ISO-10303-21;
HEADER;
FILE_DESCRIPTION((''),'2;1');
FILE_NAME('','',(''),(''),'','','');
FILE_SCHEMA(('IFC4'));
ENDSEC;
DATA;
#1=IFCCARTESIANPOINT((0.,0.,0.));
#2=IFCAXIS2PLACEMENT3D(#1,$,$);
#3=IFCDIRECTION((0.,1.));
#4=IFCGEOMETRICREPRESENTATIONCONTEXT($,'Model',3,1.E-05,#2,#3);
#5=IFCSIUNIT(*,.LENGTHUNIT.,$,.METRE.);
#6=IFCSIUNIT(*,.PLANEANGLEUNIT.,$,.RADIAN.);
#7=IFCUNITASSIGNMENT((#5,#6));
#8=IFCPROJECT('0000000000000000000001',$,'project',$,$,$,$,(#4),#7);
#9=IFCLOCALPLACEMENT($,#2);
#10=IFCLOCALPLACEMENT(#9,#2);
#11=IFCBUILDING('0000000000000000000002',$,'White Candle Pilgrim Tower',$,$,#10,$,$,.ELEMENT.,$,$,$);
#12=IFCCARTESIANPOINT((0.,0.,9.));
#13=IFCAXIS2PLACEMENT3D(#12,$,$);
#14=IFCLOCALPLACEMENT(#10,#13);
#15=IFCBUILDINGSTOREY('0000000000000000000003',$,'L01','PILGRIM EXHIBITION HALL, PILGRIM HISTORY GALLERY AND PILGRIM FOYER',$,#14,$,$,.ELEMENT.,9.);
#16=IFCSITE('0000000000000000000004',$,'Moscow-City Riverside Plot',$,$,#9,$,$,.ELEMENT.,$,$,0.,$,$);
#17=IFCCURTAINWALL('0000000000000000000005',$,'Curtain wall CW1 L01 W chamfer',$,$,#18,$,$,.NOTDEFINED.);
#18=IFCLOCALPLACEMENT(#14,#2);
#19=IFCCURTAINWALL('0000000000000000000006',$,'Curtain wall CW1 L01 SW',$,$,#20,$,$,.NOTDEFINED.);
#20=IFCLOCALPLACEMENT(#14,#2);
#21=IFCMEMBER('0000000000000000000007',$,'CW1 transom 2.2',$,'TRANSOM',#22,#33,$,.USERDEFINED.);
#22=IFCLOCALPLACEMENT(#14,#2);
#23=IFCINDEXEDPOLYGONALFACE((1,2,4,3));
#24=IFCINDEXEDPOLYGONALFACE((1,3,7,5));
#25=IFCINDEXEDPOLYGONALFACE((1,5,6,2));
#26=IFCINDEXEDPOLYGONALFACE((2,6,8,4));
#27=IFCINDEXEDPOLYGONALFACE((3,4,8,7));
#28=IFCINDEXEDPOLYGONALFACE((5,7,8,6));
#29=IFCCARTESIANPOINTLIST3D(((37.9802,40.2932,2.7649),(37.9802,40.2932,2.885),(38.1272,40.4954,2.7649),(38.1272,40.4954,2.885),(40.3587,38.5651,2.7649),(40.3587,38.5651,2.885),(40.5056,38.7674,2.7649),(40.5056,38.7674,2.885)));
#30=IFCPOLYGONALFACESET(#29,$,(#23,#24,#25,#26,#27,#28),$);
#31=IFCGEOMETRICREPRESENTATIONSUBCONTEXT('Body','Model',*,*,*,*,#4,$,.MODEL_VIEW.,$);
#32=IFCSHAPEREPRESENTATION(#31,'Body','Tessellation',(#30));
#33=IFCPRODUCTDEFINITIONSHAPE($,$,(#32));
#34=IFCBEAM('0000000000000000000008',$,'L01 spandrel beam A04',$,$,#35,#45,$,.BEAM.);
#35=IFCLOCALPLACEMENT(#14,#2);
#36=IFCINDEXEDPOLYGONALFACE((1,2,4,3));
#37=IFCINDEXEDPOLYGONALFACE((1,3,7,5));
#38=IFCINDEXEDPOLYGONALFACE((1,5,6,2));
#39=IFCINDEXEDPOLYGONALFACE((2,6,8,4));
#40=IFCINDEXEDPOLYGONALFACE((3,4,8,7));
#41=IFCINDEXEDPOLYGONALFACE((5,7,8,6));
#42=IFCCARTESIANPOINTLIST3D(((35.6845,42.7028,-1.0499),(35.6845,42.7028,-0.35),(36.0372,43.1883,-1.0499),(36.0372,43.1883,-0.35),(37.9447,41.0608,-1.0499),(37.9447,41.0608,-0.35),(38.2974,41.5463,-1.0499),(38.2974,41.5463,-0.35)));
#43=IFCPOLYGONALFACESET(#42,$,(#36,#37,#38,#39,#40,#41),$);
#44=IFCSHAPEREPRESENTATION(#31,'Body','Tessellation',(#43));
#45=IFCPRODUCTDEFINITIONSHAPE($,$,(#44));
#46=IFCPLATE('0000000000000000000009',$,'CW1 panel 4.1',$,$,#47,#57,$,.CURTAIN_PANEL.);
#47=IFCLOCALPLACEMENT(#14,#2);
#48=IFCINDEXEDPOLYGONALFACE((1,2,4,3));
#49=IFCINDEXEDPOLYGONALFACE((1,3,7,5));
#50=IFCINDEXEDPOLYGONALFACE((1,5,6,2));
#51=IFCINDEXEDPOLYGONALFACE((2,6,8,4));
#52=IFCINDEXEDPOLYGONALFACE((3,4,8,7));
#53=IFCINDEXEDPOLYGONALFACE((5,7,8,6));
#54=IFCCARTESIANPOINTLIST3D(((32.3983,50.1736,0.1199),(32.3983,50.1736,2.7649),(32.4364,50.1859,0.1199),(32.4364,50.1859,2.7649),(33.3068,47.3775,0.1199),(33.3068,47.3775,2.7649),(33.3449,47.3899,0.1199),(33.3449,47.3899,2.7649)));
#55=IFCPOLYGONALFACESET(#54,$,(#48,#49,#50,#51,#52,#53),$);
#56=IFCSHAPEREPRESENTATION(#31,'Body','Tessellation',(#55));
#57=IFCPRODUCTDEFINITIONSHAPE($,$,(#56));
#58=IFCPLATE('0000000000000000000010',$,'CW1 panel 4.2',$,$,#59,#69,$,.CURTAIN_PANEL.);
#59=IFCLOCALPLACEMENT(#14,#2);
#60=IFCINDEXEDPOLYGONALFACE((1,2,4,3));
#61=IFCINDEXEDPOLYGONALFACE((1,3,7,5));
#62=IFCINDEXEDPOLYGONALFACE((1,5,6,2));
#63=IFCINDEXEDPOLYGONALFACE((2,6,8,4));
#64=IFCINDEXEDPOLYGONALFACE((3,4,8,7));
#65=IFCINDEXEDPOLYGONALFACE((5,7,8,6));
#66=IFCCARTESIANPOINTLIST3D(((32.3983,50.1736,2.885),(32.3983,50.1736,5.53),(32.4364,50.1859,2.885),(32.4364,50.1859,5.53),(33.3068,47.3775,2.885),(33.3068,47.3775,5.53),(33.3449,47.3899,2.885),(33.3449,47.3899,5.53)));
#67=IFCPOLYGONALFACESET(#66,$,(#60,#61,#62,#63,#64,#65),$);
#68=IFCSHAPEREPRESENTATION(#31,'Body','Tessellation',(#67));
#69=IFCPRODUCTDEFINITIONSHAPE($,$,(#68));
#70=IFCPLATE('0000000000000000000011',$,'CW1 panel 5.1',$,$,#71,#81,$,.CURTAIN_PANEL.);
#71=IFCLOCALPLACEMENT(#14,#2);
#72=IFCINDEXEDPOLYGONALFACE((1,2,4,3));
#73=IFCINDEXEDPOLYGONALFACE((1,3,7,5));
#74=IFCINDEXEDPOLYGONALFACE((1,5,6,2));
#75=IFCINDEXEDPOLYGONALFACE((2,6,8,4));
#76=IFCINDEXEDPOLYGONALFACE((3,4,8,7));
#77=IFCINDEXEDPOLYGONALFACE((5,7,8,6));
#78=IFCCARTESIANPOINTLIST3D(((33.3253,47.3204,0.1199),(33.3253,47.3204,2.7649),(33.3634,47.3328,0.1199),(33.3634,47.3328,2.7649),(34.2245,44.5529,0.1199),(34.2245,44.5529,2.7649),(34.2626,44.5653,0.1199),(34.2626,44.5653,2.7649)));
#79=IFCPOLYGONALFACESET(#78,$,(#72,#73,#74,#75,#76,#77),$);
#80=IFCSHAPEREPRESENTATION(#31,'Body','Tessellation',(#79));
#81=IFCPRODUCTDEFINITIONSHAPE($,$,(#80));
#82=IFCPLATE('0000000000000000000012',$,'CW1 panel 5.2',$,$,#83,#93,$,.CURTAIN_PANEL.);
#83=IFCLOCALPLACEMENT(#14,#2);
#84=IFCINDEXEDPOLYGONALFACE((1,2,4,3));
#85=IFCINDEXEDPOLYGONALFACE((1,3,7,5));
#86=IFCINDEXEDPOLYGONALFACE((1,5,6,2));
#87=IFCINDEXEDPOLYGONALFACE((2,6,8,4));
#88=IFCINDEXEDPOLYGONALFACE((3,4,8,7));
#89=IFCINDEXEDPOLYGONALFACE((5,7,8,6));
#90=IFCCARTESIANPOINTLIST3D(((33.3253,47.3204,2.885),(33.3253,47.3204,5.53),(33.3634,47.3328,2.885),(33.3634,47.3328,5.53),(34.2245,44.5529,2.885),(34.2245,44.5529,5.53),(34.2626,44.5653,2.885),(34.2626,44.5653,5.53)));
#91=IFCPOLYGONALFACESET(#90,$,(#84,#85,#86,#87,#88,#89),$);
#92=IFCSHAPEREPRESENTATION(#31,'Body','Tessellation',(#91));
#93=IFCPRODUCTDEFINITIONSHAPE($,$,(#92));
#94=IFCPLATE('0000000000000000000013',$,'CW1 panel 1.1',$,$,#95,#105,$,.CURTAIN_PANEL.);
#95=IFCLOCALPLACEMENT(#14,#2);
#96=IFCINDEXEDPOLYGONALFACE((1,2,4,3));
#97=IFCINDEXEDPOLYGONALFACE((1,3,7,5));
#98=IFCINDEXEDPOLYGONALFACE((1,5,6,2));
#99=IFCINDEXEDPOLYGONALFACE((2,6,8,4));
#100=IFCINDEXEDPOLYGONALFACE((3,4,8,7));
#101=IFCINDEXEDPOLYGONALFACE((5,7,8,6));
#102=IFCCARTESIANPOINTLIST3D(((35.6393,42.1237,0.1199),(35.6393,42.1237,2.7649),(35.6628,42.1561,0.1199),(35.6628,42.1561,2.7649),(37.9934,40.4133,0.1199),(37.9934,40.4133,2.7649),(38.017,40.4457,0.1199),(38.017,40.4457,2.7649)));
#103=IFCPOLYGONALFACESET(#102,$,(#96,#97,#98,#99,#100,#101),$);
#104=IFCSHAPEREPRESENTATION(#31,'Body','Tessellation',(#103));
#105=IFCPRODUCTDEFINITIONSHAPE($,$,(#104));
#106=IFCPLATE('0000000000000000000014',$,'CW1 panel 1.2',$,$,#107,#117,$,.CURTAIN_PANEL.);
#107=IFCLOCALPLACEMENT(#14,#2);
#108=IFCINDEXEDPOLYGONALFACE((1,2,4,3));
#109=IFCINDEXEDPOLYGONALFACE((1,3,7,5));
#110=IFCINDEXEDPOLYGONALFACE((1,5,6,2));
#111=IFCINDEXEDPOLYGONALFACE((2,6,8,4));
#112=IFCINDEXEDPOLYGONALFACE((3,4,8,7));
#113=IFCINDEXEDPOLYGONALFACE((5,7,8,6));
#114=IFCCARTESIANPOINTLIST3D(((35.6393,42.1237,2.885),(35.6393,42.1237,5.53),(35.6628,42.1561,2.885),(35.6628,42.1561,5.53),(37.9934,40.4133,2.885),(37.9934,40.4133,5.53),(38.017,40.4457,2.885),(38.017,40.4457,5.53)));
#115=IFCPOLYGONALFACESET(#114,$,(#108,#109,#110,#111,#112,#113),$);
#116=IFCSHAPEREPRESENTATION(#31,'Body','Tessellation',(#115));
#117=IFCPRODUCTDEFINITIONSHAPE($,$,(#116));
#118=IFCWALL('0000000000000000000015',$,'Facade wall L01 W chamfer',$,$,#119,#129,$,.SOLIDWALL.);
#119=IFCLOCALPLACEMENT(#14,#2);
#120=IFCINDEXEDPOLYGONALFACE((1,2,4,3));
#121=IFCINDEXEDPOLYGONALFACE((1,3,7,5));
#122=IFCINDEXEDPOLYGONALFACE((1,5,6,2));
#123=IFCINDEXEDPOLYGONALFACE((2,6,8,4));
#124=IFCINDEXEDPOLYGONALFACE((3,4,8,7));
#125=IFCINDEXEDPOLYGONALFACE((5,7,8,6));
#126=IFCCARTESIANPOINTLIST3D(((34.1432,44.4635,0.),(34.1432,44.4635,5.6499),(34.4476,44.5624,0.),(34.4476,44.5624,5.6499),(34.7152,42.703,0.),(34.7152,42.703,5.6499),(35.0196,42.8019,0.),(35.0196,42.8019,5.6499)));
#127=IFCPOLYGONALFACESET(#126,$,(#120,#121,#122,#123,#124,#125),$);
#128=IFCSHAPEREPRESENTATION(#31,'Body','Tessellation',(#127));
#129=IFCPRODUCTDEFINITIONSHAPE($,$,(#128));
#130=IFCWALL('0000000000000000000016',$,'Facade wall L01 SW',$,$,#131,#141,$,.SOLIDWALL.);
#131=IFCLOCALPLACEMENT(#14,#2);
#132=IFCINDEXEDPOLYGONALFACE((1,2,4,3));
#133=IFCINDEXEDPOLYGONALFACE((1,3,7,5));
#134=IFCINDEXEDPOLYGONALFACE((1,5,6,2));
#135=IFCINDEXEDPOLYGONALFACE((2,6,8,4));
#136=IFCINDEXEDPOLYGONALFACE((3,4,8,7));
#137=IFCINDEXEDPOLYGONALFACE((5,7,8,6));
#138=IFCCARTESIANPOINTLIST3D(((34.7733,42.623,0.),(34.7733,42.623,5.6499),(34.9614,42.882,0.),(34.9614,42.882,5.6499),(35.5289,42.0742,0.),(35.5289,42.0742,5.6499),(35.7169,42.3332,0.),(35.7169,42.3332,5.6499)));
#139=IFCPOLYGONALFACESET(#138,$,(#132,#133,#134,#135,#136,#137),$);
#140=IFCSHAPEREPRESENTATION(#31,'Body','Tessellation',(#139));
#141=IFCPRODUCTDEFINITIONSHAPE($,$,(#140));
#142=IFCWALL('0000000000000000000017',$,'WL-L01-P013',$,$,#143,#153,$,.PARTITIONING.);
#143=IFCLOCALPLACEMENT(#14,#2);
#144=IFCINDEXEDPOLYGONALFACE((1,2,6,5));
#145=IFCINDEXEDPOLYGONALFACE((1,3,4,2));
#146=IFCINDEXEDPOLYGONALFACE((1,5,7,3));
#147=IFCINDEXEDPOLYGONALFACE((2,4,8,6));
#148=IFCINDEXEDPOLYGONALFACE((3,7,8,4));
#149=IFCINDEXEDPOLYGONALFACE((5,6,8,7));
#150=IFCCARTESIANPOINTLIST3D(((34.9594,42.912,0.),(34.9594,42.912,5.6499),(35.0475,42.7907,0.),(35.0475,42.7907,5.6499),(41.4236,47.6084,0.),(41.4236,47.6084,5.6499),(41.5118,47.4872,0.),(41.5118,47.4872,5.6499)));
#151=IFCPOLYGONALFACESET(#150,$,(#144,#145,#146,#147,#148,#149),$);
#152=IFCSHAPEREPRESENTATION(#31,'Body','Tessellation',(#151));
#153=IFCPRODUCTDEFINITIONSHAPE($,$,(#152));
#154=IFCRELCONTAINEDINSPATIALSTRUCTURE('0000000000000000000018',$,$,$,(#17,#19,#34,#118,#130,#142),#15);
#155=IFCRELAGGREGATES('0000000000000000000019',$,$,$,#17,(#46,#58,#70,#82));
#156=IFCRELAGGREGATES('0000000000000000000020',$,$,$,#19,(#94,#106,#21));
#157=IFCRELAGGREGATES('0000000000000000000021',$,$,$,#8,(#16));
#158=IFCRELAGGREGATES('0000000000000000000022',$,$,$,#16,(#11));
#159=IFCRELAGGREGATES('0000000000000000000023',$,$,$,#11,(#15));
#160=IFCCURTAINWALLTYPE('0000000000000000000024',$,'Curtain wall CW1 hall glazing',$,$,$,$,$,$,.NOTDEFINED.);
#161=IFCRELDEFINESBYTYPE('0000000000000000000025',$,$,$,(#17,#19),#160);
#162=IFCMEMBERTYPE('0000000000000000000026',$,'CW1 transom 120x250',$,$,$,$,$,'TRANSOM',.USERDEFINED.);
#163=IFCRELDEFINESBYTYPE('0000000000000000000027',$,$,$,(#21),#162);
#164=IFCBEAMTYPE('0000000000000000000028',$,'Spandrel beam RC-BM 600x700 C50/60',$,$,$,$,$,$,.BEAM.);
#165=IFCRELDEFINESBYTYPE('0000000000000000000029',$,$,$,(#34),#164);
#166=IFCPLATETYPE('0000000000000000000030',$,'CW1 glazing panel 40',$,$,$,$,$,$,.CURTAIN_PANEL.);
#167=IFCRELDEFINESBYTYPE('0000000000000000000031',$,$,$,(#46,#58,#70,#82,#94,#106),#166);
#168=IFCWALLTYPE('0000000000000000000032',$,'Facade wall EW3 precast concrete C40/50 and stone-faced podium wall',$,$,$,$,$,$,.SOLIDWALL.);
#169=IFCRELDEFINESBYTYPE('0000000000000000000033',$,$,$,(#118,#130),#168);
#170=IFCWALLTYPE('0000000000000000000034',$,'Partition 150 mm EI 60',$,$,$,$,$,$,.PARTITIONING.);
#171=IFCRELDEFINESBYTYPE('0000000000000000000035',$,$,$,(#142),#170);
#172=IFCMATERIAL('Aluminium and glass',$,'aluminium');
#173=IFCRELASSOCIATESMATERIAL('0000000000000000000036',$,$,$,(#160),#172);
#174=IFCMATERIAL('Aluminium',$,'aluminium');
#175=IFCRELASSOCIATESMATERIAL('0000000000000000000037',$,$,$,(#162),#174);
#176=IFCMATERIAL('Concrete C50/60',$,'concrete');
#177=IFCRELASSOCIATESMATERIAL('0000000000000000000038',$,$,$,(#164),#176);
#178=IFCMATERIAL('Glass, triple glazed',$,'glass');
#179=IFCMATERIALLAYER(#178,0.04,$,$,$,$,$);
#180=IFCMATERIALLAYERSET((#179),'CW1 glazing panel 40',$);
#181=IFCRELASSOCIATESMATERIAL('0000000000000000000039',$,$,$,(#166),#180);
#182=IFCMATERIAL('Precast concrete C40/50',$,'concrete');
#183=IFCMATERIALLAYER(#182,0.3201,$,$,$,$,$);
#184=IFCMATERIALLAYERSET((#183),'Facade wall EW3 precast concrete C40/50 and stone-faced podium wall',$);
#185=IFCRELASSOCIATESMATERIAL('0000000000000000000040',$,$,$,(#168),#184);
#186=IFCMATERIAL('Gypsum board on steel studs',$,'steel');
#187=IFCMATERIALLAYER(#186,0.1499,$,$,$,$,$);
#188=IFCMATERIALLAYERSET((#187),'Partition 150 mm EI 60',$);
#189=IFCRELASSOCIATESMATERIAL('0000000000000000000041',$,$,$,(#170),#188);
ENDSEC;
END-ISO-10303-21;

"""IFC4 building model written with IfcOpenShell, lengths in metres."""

from ifc_helpers import new_model, si_unit, direction, frame, frame_2d, origin, origin_2d, place, context, subcontext, project, spatial, rectangle, extrude, material, layer, layer_set, material_profile, profile_set, type_object, element, aggregate, save


model = new_model("IFC4")

# Units and contexts
model_context = context("Model", 3, precision=1e-05, world=origin(), true_north=direction((0.0, 1.0)))
body_context = subcontext(model_context, "Body", "Model", "MODEL_VIEW")
ifc_project = project(units=[si_unit("LENGTHUNIT", "METRE"), si_unit("PLANEANGLEUNIT", "RADIAN")], contexts=[model_context])

# Site, building, storey
site_placement = place(None, origin())
site = spatial("IfcSite", under=ifc_project, at=site_placement, Name="Moscow-City Riverside Plot", CompositionType="ELEMENT", RefElevation=0.0)
building_placement = place(site_placement, origin())
building = spatial("IfcBuilding", under=site, at=building_placement, Name="White Candle Pilgrim Tower", CompositionType="ELEMENT")
storey_placement = place(building_placement, frame((0.0, 0.0, 9.0)))
storey = spatial("IfcBuildingStorey", under=building, at=storey_placement, Name="L01", Description="PILGRIM EXHIBITION HALL, PILGRIM HISTORY GALLERY AND PILGRIM FOYER", CompositionType="ELEMENT", Elevation=9.0)

# Curtain walls
ifc_material_1 = material(Name="Aluminium and glass", Category="aluminium")
curtain_wall_type = type_object("IfcCurtainWallType", Name="Curtain wall CW1 hall glazing", PredefinedType="NOTDEFINED", material=ifc_material_1)
curtain_wall_1_placement = place(storey_placement, origin())
curtain_wall_1 = element("IfcCurtainWall", 1, at=curtain_wall_1_placement, inside=storey, type_object=curtain_wall_type, Name="Curtain wall CW1 L01 W chamfer", PredefinedType="NOTDEFINED")
ifc_material_2 = material(Name="Aluminium", Category="aluminium")
curtain_wall_2_placement = place(storey_placement, origin())
curtain_wall_2 = element("IfcCurtainWall", 2, at=curtain_wall_2_placement, inside=storey, type_object=curtain_wall_type, Name="Curtain wall CW1 L01 SW", PredefinedType="NOTDEFINED")

# Member
ifc_material_profile_1 = material_profile(ifc_material_2, rectangle(XDim=0.25, YDim=0.1201, at=origin_2d()), Name="CW1 transom 120x250")
ifc_profile_set_1 = profile_set([ifc_material_profile_1], Name="Aluminium")
member_type_1 = type_object("IfcMemberType", Name="CW1 transom 120x250", ElementType="TRANSOM", PredefinedType="USERDEFINED", material=ifc_profile_set_1)
member_1_placement = place(storey_placement, frame((38.0537, 40.3943, 2.825), z_axis=(0.809016, -0.587786, 0.0), x_axis=(0.587786, 0.809016, 0.0)))
member_1 = element("IfcMember", 3, at=member_1_placement, type_object=member_type_1, Name="CW1 transom 2.2", ObjectType="TRANSOM", PredefinedType="USERDEFINED", context=body_context, shape_type="SweptSolid", body=[
    extrude(rectangle(XDim=0.25, YDim=0.1201, at=origin_2d()), origin(), (0.0, 0.0, 1.0), 2.9399),
])

# Beam
ifc_material_3 = material(Name="Concrete C50/60", Category="concrete")
ifc_material_profile_2 = material_profile(ifc_material_3, rectangle(XDim=0.6001, YDim=0.7, at=origin_2d()), Name="RC-BM 600x700")
ifc_profile_set_2 = profile_set([ifc_material_profile_2], Name="Concrete C50/60")
beam_type = type_object("IfcBeamType", Name="Spandrel beam RC-BM 600x700 C50/60", PredefinedType="BEAM", material=ifc_profile_set_2)
beam_placement = place(storey_placement, frame((35.8608, 42.9456, -0.7), z_axis=(0.809031, -0.587766, 0.0), x_axis=(0.587766, 0.809031, 0.0)))
element("IfcBeam", 4, at=beam_placement, inside=storey, type_object=beam_type, Name="L01 spandrel beam A04", PredefinedType="BEAM", context=body_context, shape_type="SweptSolid", body=[
    extrude(rectangle(XDim=0.6001, YDim=0.7, at=origin_2d()), origin(), (0.0, 0.0, 1.0), 2.7937),
])

# Plates
ifc_material_4 = material(Name="Glass, triple glazed", Category="glass")
ifc_layer_1 = layer(ifc_material_4, 0.04)
ifc_layer_set_1 = layer_set([ifc_layer_1], Name="CW1 glazing panel 40")
plate_type = type_object("IfcPlateType", Name="CW1 glazing panel 40", PredefinedType="CURTAIN_PANEL", material=ifc_layer_set_1)
plate_1_placement = place(storey_placement, frame((32.8716, 48.7817, 0.1199), z_axis=(0.0, 0.0, 1.0), x_axis=(0.309017, -0.951057, 0.0)))
plate_1 = element("IfcPlate", 5, at=plate_1_placement, type_object=plate_type, Name="CW1 panel 4.1", PredefinedType="CURTAIN_PANEL", context=body_context, shape_type="SweptSolid", body=[
    extrude(rectangle(XDim=2.9399, YDim=0.04, at=origin_2d()), origin(), (0.0, 0.0, 1.0), 2.645),
])
plate_2_placement = place(storey_placement, frame((32.8716, 48.7817, 2.885), z_axis=(0.0, 0.0, 1.0), x_axis=(0.309017, -0.951057, 0.0)))
plate_2 = element("IfcPlate", 6, at=plate_2_placement, type_object=plate_type, Name="CW1 panel 4.2", PredefinedType="CURTAIN_PANEL", context=body_context, shape_type="SweptSolid", body=[
    extrude(rectangle(XDim=2.9399, YDim=0.04, at=origin_2d()), origin(), (0.0, 0.0, 1.0), 2.645),
])
plate_3_placement = place(storey_placement, frame((33.7939, 45.9429, 0.1199), z_axis=(0.0, 0.0, 1.0), x_axis=(0.309017, -0.951057, 0.0)))
plate_3 = element("IfcPlate", 7, at=plate_3_placement, type_object=plate_type, Name="CW1 panel 5.1", PredefinedType="CURTAIN_PANEL", context=body_context, shape_type="SweptSolid", body=[
    extrude(rectangle(XDim=2.9099, YDim=0.04, at=origin_2d()), origin(), (0.0, 0.0, 1.0), 2.645),
])
plate_4_placement = place(storey_placement, frame((33.7939, 45.9429, 2.885), z_axis=(0.0, 0.0, 1.0), x_axis=(0.309017, -0.951057, 0.0)))
plate_4 = element("IfcPlate", 8, at=plate_4_placement, type_object=plate_type, Name="CW1 panel 5.2", PredefinedType="CURTAIN_PANEL", context=body_context, shape_type="SweptSolid", body=[
    extrude(rectangle(XDim=2.9099, YDim=0.04, at=origin_2d()), origin(), (0.0, 0.0, 1.0), 2.645),
])
aggregate(curtain_wall_1, [plate_1, plate_2, plate_3, plate_4])
plate_5_placement = place(storey_placement, frame((36.8281, 41.2847, 0.1199), z_axis=(0.0, 0.0, 1.0), x_axis=(0.809017, -0.587785, 0.0)))
plate_5 = element("IfcPlate", 9, at=plate_5_placement, type_object=plate_type, Name="CW1 panel 1.1", PredefinedType="CURTAIN_PANEL", context=body_context, shape_type="SweptSolid", body=[
    extrude(rectangle(XDim=2.9099, YDim=0.04, at=origin_2d()), origin(), (0.0, 0.0, 1.0), 2.645),
])
plate_6_placement = place(storey_placement, frame((36.8281, 41.2847, 2.885), z_axis=(0.0, 0.0, 1.0), x_axis=(0.809017, -0.587785, 0.0)))
plate_6 = element("IfcPlate", 10, at=plate_6_placement, type_object=plate_type, Name="CW1 panel 1.2", PredefinedType="CURTAIN_PANEL", context=body_context, shape_type="SweptSolid", body=[
    extrude(rectangle(XDim=2.9099, YDim=0.04, at=origin_2d()), origin(), (0.0, 0.0, 1.0), 2.645),
])
aggregate(curtain_wall_2, [plate_5, plate_6, member_1])

# Walls
ifc_material_5 = material(Name="Precast concrete C40/50", Category="concrete")
ifc_layer_2 = layer(ifc_material_5, 0.3201)
ifc_layer_set_2 = layer_set([ifc_layer_2], Name="Facade wall EW3 precast concrete C40/50 and stone-faced podium wall")
wall_type_1 = type_object("IfcWallType", Name="Facade wall EW3 precast concrete C40/50 and stone-faced podium wall", PredefinedType="SOLIDWALL", material=ifc_layer_set_2)
wall_1_placement = place(storey_placement, frame((34.2954, 44.5129, 0.0), z_axis=(0.0, 0.0, 1.0), x_axis=(0.309017, -0.951056, 0.0)))
element("IfcWall", 11, at=wall_1_placement, inside=storey, type_object=wall_type_1, Name="Facade wall L01 W chamfer", PredefinedType="SOLIDWALL", context=body_context, shape_type="SweptSolid", body=[
    extrude(rectangle(XDim=1.8511, YDim=0.3201, at=frame_2d((0.9255, 0.0))), origin(), (0.0, 0.0, 1.0), 5.6499),
])
wall_2_placement = place(storey_placement, frame((34.8674, 42.7524, 0.0), z_axis=(0.0, 0.0, 1.0), x_axis=(0.809098, -0.587674, 0.0)))
element("IfcWall", 12, at=wall_2_placement, inside=storey, type_object=wall_type_1, Name="Facade wall L01 SW", PredefinedType="SOLIDWALL", context=body_context, shape_type="SweptSolid", body=[
    extrude(rectangle(XDim=0.9338, YDim=0.3201, at=frame_2d((0.4668, 0.0))), origin(), (0.0, 0.0, 1.0), 5.6499),
])
ifc_material_6 = material(Name="Gypsum board on steel studs", Category="steel")
ifc_layer_3 = layer(ifc_material_6, 0.1499)
ifc_layer_set_3 = layer_set([ifc_layer_3], Name="Partition 150 mm EI 60")
wall_type_2 = type_object("IfcWallType", Name="Partition 150 mm EI 60", PredefinedType="PARTITIONING", material=ifc_layer_set_3)
wall_3_placement = place(storey_placement, frame((35.0034, 42.8513, 0.0), z_axis=(0.0, 0.0, 1.0), x_axis=(0.809023, 0.587777, 0.0)))
element("IfcWall", 13, at=wall_3_placement, inside=storey, type_object=wall_type_2, Name="WL-L01-P013", PredefinedType="PARTITIONING", context=body_context, shape_type="SweptSolid", body=[
    extrude(rectangle(XDim=7.9902, YDim=0.1499, at=frame_2d((3.9951, 0.0))), origin(), (0.0, 0.0, 1.0), 5.6499),
])

save(model, "model.ifc")
